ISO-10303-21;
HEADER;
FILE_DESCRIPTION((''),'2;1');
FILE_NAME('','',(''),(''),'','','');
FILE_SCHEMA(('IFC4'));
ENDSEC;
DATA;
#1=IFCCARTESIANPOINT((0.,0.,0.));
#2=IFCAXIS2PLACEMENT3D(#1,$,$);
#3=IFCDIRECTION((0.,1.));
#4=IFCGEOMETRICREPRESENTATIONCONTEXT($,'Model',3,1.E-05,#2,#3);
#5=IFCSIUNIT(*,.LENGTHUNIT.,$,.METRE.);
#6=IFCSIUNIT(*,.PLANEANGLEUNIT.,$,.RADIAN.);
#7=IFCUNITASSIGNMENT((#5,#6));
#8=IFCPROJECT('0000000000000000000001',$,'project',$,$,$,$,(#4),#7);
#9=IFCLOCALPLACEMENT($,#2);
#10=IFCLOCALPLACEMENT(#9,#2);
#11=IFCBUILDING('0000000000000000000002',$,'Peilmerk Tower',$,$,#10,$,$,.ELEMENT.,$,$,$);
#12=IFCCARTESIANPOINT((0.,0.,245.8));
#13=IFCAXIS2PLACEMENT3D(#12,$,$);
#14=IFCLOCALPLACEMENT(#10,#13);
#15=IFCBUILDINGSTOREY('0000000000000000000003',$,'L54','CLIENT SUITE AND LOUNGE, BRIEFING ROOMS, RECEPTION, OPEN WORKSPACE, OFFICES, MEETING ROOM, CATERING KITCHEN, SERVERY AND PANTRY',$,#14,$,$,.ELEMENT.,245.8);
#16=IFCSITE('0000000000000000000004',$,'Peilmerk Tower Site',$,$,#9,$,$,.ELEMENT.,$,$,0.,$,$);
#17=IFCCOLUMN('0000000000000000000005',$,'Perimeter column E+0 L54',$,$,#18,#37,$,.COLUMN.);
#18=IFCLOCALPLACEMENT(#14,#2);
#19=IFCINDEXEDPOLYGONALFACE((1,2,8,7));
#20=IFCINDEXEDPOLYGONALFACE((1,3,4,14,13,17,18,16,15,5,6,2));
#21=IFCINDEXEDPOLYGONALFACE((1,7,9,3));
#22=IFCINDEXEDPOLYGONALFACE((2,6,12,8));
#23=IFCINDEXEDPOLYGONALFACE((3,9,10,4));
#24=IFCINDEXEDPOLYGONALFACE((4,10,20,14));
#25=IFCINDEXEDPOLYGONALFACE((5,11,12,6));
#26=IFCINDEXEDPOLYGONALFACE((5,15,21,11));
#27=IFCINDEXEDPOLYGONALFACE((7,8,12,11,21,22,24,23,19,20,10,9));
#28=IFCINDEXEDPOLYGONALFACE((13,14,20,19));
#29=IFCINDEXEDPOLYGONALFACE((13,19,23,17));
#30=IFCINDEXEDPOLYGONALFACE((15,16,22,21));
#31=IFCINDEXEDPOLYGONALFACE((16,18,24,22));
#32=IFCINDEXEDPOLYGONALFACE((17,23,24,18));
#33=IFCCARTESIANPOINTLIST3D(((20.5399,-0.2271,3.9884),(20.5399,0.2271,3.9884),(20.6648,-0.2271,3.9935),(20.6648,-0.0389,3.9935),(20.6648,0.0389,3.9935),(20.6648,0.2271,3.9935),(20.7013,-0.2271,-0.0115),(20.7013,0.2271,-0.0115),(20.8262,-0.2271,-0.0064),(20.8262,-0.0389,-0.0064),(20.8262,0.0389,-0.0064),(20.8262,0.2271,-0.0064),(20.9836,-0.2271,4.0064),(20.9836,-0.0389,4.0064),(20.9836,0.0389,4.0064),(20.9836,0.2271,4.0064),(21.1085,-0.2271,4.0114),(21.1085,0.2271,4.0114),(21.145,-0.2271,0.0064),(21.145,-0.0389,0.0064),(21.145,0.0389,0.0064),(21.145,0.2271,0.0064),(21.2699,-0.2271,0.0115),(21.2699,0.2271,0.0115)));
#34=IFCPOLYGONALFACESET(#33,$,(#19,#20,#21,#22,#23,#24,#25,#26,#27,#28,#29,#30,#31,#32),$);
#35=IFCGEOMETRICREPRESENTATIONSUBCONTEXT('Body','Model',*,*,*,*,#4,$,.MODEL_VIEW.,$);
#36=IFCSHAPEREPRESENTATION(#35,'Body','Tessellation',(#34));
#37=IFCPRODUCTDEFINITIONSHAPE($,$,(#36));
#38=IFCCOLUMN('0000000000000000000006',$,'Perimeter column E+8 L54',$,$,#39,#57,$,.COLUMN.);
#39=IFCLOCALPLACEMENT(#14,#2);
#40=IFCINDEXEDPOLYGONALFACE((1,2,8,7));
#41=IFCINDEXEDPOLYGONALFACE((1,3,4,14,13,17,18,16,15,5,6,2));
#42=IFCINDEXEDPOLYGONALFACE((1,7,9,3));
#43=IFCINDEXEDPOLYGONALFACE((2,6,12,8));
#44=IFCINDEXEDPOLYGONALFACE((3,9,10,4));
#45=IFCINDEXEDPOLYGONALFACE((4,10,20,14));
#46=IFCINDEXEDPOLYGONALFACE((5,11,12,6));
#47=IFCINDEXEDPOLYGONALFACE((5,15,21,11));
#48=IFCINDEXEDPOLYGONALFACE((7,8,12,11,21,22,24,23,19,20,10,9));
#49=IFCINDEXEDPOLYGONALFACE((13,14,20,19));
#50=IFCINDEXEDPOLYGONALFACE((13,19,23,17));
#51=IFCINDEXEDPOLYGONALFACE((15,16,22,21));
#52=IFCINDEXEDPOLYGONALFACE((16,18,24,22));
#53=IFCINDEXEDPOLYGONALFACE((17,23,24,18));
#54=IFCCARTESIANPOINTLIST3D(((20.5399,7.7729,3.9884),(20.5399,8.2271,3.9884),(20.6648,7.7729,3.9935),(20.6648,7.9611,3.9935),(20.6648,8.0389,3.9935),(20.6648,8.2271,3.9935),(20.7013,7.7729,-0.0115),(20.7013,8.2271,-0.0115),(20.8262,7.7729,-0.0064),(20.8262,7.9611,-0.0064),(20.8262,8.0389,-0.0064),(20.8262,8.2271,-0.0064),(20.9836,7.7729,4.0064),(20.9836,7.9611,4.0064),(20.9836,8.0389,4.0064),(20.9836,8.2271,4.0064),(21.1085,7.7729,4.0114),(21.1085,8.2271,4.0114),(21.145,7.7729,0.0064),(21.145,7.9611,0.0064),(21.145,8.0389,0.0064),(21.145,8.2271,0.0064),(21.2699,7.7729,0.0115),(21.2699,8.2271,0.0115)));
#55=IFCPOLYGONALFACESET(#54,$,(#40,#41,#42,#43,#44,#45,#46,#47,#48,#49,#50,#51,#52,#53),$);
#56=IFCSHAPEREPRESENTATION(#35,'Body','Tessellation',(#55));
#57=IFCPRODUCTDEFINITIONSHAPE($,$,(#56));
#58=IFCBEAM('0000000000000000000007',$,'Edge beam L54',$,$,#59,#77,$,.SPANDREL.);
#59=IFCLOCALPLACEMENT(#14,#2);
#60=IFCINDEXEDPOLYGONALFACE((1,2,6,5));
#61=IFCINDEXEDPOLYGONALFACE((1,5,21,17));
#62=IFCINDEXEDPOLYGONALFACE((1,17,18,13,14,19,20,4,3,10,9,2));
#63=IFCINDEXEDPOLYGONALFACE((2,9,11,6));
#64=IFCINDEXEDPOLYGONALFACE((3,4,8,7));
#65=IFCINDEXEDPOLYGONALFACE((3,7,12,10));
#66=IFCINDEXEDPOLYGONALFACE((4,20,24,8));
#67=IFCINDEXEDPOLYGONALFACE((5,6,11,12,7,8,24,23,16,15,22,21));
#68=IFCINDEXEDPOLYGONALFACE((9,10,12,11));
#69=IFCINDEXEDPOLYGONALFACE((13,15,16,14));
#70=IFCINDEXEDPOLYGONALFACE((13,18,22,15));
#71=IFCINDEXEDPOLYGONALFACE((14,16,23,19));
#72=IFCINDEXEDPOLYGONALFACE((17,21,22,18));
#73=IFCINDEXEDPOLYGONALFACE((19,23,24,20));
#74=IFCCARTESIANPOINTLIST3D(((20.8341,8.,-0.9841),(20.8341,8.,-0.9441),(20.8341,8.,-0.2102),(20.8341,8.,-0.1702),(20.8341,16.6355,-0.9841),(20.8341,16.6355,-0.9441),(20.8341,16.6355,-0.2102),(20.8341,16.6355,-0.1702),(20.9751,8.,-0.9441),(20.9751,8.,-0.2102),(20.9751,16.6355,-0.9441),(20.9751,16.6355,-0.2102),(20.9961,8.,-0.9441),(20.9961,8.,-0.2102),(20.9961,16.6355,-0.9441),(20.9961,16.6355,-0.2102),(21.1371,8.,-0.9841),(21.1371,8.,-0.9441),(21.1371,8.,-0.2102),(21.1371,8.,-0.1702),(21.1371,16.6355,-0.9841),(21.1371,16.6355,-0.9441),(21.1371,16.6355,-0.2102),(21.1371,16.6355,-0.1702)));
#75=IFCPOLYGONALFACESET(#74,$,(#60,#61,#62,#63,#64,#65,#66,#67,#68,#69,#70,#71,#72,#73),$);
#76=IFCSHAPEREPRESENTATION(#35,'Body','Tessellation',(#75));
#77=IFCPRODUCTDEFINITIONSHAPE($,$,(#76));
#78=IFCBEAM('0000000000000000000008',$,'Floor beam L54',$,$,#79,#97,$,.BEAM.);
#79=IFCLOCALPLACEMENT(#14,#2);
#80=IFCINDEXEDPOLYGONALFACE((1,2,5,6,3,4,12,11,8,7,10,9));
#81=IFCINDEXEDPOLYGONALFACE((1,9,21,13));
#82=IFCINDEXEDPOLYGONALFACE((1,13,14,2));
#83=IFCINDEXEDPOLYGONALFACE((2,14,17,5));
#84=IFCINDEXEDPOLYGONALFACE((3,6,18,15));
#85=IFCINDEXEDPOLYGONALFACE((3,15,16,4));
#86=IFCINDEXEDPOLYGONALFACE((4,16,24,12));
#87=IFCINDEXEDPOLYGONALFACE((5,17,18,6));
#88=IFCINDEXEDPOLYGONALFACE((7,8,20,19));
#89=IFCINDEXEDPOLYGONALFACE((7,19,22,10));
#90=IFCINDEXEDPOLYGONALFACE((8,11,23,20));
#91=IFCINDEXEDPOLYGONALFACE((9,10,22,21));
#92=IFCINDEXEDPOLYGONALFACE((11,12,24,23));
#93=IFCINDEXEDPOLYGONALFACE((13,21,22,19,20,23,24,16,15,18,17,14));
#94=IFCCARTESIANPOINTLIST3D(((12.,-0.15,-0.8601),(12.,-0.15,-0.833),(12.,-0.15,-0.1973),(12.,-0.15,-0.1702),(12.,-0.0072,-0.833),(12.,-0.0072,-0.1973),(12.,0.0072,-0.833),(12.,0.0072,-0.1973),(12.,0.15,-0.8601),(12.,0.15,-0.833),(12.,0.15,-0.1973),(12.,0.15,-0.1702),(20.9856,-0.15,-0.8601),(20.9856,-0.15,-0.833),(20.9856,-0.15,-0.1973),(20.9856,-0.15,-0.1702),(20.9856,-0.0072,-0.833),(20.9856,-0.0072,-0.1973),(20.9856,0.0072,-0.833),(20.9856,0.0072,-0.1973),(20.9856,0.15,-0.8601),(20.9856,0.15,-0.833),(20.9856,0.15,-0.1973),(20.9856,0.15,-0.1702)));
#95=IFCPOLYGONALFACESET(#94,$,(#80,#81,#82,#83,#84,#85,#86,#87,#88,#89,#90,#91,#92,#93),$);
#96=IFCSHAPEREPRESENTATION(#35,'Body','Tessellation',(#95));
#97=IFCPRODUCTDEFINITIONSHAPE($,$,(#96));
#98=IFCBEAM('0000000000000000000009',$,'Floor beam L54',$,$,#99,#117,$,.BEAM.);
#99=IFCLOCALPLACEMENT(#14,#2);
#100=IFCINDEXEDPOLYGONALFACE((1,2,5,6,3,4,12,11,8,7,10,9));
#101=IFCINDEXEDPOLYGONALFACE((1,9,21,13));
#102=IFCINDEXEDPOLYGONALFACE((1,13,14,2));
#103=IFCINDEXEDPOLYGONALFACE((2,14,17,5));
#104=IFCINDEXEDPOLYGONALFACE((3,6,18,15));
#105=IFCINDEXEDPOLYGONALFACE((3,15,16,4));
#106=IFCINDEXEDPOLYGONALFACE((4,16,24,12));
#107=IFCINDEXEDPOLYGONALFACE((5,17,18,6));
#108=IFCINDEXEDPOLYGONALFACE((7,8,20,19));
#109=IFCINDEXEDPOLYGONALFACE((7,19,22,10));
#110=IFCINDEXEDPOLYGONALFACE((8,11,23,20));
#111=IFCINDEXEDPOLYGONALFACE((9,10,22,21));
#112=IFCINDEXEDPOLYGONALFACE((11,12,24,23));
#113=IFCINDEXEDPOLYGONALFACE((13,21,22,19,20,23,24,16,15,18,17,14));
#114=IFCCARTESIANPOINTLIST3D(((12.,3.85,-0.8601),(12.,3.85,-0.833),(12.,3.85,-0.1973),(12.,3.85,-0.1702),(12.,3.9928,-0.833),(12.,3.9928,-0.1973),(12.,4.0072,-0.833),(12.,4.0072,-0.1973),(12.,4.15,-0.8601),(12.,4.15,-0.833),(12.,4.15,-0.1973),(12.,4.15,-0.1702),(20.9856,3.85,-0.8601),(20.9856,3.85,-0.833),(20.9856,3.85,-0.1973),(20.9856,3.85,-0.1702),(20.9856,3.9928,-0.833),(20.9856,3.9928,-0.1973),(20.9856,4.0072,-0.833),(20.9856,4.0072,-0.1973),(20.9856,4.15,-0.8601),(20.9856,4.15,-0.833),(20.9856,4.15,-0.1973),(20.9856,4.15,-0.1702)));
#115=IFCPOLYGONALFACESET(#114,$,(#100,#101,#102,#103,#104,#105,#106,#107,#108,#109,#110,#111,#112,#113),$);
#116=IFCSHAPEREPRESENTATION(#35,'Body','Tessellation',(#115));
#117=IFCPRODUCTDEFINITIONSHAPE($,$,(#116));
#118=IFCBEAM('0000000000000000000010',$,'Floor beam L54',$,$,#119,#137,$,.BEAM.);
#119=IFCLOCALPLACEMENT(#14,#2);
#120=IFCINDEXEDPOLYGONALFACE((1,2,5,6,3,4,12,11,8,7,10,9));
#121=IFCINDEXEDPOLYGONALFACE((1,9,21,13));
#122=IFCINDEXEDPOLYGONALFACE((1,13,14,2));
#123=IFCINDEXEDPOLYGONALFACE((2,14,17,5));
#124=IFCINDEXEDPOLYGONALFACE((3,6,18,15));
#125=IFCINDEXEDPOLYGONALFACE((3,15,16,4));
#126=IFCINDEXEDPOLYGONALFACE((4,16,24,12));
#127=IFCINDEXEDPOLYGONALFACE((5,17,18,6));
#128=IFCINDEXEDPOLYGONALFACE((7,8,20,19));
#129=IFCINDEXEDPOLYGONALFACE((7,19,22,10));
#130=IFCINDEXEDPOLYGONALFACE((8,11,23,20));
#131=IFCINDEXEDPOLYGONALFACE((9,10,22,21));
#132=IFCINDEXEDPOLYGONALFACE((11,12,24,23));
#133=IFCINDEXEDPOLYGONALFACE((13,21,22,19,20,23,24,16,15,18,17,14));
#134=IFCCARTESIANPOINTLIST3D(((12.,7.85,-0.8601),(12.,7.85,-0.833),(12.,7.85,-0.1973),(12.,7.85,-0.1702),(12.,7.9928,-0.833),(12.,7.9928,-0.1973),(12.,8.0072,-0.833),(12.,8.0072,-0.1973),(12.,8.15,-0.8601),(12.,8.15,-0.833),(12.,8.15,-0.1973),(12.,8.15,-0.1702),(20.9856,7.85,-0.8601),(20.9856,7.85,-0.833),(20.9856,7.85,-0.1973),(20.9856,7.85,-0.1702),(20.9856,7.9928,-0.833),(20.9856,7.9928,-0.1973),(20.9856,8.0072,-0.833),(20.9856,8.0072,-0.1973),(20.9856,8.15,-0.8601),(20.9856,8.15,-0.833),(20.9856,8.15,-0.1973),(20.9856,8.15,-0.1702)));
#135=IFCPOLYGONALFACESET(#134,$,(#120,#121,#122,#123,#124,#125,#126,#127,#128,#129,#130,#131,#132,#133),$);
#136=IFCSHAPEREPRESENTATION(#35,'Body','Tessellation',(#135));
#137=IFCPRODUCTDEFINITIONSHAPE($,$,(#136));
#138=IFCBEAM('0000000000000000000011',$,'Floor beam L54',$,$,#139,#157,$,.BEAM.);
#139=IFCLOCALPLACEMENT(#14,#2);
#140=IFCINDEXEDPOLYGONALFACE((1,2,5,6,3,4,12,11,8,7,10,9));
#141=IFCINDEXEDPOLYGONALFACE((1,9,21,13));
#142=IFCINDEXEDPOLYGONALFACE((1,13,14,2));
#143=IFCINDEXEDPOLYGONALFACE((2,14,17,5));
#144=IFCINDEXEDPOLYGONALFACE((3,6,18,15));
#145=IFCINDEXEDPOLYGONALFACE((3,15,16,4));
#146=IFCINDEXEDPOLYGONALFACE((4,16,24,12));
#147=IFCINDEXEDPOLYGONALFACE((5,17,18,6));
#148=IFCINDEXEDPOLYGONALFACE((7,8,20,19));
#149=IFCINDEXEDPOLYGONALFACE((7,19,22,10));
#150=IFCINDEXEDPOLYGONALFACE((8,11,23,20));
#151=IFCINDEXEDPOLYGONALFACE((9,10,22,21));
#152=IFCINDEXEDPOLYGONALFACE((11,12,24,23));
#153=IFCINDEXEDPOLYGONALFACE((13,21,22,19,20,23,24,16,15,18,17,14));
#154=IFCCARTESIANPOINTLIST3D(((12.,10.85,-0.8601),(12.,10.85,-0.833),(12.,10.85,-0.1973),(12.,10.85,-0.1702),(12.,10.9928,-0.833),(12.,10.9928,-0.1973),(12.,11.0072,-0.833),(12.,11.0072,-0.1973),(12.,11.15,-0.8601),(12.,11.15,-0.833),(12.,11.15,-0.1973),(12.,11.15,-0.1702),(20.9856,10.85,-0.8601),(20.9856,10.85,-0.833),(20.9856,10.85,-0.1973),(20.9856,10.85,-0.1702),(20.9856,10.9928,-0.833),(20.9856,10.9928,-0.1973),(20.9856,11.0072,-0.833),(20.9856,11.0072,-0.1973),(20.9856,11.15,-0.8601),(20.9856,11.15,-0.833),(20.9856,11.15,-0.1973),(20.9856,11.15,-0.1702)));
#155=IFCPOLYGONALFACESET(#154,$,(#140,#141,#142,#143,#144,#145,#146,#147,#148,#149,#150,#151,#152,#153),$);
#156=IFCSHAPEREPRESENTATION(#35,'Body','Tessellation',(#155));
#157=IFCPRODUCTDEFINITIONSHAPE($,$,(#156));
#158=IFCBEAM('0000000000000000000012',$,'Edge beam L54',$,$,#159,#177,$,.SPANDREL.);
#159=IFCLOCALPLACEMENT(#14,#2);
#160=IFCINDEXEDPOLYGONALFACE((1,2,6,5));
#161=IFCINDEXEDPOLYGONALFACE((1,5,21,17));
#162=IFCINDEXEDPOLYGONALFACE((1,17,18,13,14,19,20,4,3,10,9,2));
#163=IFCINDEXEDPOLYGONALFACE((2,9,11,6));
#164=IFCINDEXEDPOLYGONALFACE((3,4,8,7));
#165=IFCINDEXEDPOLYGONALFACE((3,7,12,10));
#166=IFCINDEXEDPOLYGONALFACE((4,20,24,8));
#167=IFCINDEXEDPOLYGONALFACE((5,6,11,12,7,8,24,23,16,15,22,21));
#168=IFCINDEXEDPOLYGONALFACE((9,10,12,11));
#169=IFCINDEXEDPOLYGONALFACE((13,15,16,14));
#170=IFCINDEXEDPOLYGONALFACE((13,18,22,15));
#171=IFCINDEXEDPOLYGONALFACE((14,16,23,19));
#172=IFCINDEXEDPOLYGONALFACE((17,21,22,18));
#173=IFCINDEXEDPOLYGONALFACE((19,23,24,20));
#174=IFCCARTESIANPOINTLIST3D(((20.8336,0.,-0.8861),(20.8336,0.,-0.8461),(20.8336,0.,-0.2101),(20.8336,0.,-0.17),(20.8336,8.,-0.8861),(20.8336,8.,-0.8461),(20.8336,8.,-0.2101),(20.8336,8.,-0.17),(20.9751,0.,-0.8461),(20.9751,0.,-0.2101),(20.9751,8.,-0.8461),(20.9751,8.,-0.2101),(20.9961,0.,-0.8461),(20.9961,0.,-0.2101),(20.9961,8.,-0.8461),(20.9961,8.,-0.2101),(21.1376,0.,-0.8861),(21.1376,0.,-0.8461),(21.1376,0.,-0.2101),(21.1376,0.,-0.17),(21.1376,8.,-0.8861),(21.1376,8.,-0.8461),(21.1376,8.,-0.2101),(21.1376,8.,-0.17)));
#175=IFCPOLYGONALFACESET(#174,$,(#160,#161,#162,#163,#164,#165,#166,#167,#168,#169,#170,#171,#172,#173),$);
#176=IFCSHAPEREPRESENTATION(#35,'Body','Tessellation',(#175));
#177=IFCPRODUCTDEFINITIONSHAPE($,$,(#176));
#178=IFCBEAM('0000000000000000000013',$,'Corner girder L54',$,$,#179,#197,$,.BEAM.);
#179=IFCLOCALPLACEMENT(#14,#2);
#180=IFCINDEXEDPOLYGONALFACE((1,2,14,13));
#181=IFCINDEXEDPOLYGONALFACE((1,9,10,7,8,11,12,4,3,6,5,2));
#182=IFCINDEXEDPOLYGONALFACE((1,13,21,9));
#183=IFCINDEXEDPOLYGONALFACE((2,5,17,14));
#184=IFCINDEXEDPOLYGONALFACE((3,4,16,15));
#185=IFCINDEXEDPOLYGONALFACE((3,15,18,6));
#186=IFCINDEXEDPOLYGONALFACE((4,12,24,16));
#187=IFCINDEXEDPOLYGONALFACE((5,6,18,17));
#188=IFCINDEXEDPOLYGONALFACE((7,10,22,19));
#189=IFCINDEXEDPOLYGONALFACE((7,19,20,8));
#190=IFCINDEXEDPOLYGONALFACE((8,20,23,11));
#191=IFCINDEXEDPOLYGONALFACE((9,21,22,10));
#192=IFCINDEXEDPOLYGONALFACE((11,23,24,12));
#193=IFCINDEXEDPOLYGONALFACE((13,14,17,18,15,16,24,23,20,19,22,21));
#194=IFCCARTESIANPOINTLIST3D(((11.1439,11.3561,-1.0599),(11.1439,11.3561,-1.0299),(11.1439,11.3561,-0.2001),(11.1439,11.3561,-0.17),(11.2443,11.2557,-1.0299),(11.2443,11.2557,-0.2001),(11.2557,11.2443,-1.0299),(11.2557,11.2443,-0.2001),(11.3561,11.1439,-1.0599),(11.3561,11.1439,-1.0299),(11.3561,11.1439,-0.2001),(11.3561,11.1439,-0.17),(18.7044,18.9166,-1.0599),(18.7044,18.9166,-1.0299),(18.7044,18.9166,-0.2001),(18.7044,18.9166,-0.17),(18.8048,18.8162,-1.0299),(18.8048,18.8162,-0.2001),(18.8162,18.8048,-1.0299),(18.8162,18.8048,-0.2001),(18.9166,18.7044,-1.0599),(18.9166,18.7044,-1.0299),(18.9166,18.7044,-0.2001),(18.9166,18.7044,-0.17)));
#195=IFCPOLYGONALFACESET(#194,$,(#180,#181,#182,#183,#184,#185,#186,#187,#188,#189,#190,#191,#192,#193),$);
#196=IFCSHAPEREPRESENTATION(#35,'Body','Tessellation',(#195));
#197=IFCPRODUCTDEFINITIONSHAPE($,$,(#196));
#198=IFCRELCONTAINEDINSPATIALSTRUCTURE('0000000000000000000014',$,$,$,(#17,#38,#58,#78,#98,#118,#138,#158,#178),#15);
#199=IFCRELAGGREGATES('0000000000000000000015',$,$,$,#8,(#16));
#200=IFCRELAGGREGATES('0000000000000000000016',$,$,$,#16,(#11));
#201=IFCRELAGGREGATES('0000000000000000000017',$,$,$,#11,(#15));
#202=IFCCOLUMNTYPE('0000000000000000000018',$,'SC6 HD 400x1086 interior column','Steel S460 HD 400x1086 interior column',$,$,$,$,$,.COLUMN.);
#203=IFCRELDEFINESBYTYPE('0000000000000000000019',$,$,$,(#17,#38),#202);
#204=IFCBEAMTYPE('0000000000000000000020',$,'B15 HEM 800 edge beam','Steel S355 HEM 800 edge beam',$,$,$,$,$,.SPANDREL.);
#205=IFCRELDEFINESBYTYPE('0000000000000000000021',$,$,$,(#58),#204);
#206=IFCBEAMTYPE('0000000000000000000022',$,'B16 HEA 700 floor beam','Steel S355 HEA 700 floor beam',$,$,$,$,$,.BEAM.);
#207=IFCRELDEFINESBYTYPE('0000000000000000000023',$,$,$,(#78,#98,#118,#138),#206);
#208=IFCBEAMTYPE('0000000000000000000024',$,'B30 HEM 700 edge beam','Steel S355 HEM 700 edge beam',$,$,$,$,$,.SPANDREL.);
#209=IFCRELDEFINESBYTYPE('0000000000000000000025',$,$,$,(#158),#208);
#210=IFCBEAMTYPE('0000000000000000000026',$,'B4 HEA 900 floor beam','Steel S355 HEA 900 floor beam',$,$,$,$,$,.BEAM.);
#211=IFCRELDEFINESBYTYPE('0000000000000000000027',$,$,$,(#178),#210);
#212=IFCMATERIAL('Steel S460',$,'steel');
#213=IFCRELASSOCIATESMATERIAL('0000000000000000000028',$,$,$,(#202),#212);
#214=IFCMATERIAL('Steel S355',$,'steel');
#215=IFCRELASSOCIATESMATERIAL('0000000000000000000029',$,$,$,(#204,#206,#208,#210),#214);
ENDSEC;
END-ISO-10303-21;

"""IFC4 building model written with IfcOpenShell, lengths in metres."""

from ifc_helpers import new_model, si_unit, direction, frame, origin, origin_2d, place, context, subcontext, project, spatial, i_section, extrude, material, material_profile, profile_set, type_object, element, save


model = new_model("IFC4")

# Units and contexts
model_context = context("Model", 3, precision=1e-05, world=origin(), true_north=direction((0.0, 1.0)))
body_context = subcontext(model_context, "Body", "Model", "MODEL_VIEW")
ifc_project = project(units=[si_unit("LENGTHUNIT", "METRE"), si_unit("PLANEANGLEUNIT", "RADIAN")], contexts=[model_context])

# Site, building, storey
site_placement = place(None, origin())
site = spatial("IfcSite", under=ifc_project, at=site_placement, Name="Peilmerk Tower Site", CompositionType="ELEMENT", RefElevation=0.0)
building_placement = place(site_placement, origin())
building = spatial("IfcBuilding", under=site, at=building_placement, Name="Peilmerk Tower", CompositionType="ELEMENT")
storey_placement = place(building_placement, frame((0.0, 0.0, 245.8)))
storey = spatial("IfcBuildingStorey", under=building, at=storey_placement, Name="L54", Description="CLIENT SUITE AND LOUNGE, BRIEFING ROOMS, RECEPTION, OPEN WORKSPACE, OFFICES, MEETING ROOM, CATERING KITCHEN, SERVERY AND PANTRY", CompositionType="ELEMENT", Elevation=245.8)

# Columns
ifc_material_1 = material(Name="Steel S460", Category="steel")
ifc_material_profile_1 = material_profile(ifc_material_1, i_section(OverallWidth=0.4541, OverallDepth=0.5691, WebThickness=0.0779, FlangeThickness=0.125, at=origin_2d()), Name="HD 400x1086")
ifc_profile_set_1 = profile_set([ifc_material_profile_1], Name="Steel S460")
column_type = type_object("IfcColumnType", Name="SC6 HD 400x1086 interior column", Description="Steel S460 HD 400x1086 interior column", PredefinedType="COLUMN", material=ifc_profile_set_1)
for number, where, z_axis, x_axis, name in (
    (1, (20.9856, 0.0, 0.0), (-0.040311, 0.0, 0.999187), (0.0, -1.0, 0.0), "Perimeter column E+0 L54"),
    (2, (20.9856, 8.0, 0.0), (-0.040311, 0.0, 0.999187), (0.0, -1.0, 0.0), "Perimeter column E+8 L54"),
):
    element("IfcColumn", number, at=place(storey_placement, frame(where, z_axis=z_axis, x_axis=x_axis)), inside=storey, type_object=column_type, Name=name, PredefinedType="COLUMN", context=body_context, shape_type="SweptSolid", body=[
        extrude(i_section(OverallWidth=0.4541, OverallDepth=0.5691, WebThickness=0.0779, FlangeThickness=0.125, at=origin_2d()), origin(), (0.0, 0.0, 1.0), 4.0032),
    ])

# Beams
ifc_material_2 = material(Name="Steel S355", Category="steel")
ifc_material_profile_2 = material_profile(ifc_material_2, i_section(OverallWidth=0.303, OverallDepth=0.814, WebThickness=0.021, FlangeThickness=0.04, at=origin_2d()), Name="HEM 800")
ifc_profile_set_2 = profile_set([ifc_material_profile_2], Name="Steel S355")
beam_type_1 = type_object("IfcBeamType", Name="B15 HEM 800 edge beam", Description="Steel S355 HEM 800 edge beam", PredefinedType="SPANDREL", material=ifc_profile_set_2)
beam_1_placement = place(storey_placement, frame((20.9856, 8.0, -0.5771), z_axis=(0.0, 1.0, 0.0), x_axis=(-1.0, 0.0, 0.0)))
element("IfcBeam", 3, at=beam_1_placement, inside=storey, type_object=beam_type_1, Name="Edge beam L54", PredefinedType="SPANDREL", context=body_context, shape_type="SweptSolid", body=[
    extrude(i_section(OverallWidth=0.303, OverallDepth=0.814, WebThickness=0.021, FlangeThickness=0.04, at=origin_2d()), origin(), (0.0, 0.0, 1.0), 8.6355),
])
ifc_material_profile_3 = material_profile(ifc_material_2, i_section(OverallWidth=0.3, OverallDepth=0.6899, WebThickness=0.0144, FlangeThickness=0.0271, at=origin_2d()), Name="HEA 700")
ifc_profile_set_3 = profile_set([ifc_material_profile_3], Name="Steel S355")
beam_type_2 = type_object("IfcBeamType", Name="B16 HEA 700 floor beam", Description="Steel S355 HEA 700 floor beam", PredefinedType="BEAM", material=ifc_profile_set_3)
for number, where, z_axis, x_axis, name in (
    (4, (12.0, 0.0, -0.5151), (1.0, 0.0, 0.0), (0.0, 1.0, 0.0), "Floor beam L54"),
    (5, (12.0, 4.0, -0.5151), (1.0, 0.0, 0.0), (0.0, 1.0, 0.0), "Floor beam L54"),
    (6, (12.0, 8.0, -0.5151), (1.0, 0.0, 0.0), (0.0, 1.0, 0.0), "Floor beam L54"),
    (7, (12.0, 11.0, -0.5151), (1.0, 0.0, 0.0), (0.0, 1.0, 0.0), "Floor beam L54"),
):
    element("IfcBeam", number, at=place(storey_placement, frame(where, z_axis=z_axis, x_axis=x_axis)), inside=storey, type_object=beam_type_2, Name=name, PredefinedType="BEAM", context=body_context, shape_type="SweptSolid", body=[
        extrude(i_section(OverallWidth=0.3, OverallDepth=0.6899, WebThickness=0.0144, FlangeThickness=0.0271, at=origin_2d()), origin(), (0.0, 0.0, 1.0), 8.9856),
    ])
ifc_material_profile_4 = material_profile(ifc_material_2, i_section(OverallWidth=0.304, OverallDepth=0.7161, WebThickness=0.021, FlangeThickness=0.04, at=origin_2d()), Name="HEM 700")
ifc_profile_set_4 = profile_set([ifc_material_profile_4], Name="Steel S355")
beam_type_3 = type_object("IfcBeamType", Name="B30 HEM 700 edge beam", Description="Steel S355 HEM 700 edge beam", PredefinedType="SPANDREL", material=ifc_profile_set_4)
beam_2_placement = place(storey_placement, frame((20.9856, 0.0, -0.5281), z_axis=(0.0, 1.0, 0.0), x_axis=(-1.0, 0.0, 0.0)))
element("IfcBeam", 8, at=beam_2_placement, inside=storey, type_object=beam_type_3, Name="Edge beam L54", PredefinedType="SPANDREL", context=body_context, shape_type="SweptSolid", body=[
    extrude(i_section(OverallWidth=0.304, OverallDepth=0.7161, WebThickness=0.021, FlangeThickness=0.04, at=origin_2d()), origin(), (0.0, 0.0, 1.0), 8.0),
])
ifc_material_profile_5 = material_profile(ifc_material_2, i_section(OverallWidth=0.3, OverallDepth=0.8899, WebThickness=0.0161, FlangeThickness=0.03, at=origin_2d()), Name="HEA 900")
ifc_profile_set_5 = profile_set([ifc_material_profile_5], Name="Steel S355")
beam_type_4 = type_object("IfcBeamType", Name="B4 HEA 900 floor beam", Description="Steel S355 HEA 900 floor beam", PredefinedType="BEAM", material=ifc_profile_set_5)
beam_3_placement = place(storey_placement, frame((11.25, 11.25, -0.615), z_axis=(0.707107, 0.707107, 0.0), x_axis=(-0.707107, 0.707107, 0.0)))
element("IfcBeam", 9, at=beam_3_placement, inside=storey, type_object=beam_type_4, Name="Corner girder L54", PredefinedType="BEAM", context=body_context, shape_type="SweptSolid", body=[
    extrude(i_section(OverallWidth=0.3, OverallDepth=0.8899, WebThickness=0.0161, FlangeThickness=0.03, at=origin_2d()), origin(), (0.0, 0.0, 1.0), 10.6921),
])

save(model, "model.ifc")
